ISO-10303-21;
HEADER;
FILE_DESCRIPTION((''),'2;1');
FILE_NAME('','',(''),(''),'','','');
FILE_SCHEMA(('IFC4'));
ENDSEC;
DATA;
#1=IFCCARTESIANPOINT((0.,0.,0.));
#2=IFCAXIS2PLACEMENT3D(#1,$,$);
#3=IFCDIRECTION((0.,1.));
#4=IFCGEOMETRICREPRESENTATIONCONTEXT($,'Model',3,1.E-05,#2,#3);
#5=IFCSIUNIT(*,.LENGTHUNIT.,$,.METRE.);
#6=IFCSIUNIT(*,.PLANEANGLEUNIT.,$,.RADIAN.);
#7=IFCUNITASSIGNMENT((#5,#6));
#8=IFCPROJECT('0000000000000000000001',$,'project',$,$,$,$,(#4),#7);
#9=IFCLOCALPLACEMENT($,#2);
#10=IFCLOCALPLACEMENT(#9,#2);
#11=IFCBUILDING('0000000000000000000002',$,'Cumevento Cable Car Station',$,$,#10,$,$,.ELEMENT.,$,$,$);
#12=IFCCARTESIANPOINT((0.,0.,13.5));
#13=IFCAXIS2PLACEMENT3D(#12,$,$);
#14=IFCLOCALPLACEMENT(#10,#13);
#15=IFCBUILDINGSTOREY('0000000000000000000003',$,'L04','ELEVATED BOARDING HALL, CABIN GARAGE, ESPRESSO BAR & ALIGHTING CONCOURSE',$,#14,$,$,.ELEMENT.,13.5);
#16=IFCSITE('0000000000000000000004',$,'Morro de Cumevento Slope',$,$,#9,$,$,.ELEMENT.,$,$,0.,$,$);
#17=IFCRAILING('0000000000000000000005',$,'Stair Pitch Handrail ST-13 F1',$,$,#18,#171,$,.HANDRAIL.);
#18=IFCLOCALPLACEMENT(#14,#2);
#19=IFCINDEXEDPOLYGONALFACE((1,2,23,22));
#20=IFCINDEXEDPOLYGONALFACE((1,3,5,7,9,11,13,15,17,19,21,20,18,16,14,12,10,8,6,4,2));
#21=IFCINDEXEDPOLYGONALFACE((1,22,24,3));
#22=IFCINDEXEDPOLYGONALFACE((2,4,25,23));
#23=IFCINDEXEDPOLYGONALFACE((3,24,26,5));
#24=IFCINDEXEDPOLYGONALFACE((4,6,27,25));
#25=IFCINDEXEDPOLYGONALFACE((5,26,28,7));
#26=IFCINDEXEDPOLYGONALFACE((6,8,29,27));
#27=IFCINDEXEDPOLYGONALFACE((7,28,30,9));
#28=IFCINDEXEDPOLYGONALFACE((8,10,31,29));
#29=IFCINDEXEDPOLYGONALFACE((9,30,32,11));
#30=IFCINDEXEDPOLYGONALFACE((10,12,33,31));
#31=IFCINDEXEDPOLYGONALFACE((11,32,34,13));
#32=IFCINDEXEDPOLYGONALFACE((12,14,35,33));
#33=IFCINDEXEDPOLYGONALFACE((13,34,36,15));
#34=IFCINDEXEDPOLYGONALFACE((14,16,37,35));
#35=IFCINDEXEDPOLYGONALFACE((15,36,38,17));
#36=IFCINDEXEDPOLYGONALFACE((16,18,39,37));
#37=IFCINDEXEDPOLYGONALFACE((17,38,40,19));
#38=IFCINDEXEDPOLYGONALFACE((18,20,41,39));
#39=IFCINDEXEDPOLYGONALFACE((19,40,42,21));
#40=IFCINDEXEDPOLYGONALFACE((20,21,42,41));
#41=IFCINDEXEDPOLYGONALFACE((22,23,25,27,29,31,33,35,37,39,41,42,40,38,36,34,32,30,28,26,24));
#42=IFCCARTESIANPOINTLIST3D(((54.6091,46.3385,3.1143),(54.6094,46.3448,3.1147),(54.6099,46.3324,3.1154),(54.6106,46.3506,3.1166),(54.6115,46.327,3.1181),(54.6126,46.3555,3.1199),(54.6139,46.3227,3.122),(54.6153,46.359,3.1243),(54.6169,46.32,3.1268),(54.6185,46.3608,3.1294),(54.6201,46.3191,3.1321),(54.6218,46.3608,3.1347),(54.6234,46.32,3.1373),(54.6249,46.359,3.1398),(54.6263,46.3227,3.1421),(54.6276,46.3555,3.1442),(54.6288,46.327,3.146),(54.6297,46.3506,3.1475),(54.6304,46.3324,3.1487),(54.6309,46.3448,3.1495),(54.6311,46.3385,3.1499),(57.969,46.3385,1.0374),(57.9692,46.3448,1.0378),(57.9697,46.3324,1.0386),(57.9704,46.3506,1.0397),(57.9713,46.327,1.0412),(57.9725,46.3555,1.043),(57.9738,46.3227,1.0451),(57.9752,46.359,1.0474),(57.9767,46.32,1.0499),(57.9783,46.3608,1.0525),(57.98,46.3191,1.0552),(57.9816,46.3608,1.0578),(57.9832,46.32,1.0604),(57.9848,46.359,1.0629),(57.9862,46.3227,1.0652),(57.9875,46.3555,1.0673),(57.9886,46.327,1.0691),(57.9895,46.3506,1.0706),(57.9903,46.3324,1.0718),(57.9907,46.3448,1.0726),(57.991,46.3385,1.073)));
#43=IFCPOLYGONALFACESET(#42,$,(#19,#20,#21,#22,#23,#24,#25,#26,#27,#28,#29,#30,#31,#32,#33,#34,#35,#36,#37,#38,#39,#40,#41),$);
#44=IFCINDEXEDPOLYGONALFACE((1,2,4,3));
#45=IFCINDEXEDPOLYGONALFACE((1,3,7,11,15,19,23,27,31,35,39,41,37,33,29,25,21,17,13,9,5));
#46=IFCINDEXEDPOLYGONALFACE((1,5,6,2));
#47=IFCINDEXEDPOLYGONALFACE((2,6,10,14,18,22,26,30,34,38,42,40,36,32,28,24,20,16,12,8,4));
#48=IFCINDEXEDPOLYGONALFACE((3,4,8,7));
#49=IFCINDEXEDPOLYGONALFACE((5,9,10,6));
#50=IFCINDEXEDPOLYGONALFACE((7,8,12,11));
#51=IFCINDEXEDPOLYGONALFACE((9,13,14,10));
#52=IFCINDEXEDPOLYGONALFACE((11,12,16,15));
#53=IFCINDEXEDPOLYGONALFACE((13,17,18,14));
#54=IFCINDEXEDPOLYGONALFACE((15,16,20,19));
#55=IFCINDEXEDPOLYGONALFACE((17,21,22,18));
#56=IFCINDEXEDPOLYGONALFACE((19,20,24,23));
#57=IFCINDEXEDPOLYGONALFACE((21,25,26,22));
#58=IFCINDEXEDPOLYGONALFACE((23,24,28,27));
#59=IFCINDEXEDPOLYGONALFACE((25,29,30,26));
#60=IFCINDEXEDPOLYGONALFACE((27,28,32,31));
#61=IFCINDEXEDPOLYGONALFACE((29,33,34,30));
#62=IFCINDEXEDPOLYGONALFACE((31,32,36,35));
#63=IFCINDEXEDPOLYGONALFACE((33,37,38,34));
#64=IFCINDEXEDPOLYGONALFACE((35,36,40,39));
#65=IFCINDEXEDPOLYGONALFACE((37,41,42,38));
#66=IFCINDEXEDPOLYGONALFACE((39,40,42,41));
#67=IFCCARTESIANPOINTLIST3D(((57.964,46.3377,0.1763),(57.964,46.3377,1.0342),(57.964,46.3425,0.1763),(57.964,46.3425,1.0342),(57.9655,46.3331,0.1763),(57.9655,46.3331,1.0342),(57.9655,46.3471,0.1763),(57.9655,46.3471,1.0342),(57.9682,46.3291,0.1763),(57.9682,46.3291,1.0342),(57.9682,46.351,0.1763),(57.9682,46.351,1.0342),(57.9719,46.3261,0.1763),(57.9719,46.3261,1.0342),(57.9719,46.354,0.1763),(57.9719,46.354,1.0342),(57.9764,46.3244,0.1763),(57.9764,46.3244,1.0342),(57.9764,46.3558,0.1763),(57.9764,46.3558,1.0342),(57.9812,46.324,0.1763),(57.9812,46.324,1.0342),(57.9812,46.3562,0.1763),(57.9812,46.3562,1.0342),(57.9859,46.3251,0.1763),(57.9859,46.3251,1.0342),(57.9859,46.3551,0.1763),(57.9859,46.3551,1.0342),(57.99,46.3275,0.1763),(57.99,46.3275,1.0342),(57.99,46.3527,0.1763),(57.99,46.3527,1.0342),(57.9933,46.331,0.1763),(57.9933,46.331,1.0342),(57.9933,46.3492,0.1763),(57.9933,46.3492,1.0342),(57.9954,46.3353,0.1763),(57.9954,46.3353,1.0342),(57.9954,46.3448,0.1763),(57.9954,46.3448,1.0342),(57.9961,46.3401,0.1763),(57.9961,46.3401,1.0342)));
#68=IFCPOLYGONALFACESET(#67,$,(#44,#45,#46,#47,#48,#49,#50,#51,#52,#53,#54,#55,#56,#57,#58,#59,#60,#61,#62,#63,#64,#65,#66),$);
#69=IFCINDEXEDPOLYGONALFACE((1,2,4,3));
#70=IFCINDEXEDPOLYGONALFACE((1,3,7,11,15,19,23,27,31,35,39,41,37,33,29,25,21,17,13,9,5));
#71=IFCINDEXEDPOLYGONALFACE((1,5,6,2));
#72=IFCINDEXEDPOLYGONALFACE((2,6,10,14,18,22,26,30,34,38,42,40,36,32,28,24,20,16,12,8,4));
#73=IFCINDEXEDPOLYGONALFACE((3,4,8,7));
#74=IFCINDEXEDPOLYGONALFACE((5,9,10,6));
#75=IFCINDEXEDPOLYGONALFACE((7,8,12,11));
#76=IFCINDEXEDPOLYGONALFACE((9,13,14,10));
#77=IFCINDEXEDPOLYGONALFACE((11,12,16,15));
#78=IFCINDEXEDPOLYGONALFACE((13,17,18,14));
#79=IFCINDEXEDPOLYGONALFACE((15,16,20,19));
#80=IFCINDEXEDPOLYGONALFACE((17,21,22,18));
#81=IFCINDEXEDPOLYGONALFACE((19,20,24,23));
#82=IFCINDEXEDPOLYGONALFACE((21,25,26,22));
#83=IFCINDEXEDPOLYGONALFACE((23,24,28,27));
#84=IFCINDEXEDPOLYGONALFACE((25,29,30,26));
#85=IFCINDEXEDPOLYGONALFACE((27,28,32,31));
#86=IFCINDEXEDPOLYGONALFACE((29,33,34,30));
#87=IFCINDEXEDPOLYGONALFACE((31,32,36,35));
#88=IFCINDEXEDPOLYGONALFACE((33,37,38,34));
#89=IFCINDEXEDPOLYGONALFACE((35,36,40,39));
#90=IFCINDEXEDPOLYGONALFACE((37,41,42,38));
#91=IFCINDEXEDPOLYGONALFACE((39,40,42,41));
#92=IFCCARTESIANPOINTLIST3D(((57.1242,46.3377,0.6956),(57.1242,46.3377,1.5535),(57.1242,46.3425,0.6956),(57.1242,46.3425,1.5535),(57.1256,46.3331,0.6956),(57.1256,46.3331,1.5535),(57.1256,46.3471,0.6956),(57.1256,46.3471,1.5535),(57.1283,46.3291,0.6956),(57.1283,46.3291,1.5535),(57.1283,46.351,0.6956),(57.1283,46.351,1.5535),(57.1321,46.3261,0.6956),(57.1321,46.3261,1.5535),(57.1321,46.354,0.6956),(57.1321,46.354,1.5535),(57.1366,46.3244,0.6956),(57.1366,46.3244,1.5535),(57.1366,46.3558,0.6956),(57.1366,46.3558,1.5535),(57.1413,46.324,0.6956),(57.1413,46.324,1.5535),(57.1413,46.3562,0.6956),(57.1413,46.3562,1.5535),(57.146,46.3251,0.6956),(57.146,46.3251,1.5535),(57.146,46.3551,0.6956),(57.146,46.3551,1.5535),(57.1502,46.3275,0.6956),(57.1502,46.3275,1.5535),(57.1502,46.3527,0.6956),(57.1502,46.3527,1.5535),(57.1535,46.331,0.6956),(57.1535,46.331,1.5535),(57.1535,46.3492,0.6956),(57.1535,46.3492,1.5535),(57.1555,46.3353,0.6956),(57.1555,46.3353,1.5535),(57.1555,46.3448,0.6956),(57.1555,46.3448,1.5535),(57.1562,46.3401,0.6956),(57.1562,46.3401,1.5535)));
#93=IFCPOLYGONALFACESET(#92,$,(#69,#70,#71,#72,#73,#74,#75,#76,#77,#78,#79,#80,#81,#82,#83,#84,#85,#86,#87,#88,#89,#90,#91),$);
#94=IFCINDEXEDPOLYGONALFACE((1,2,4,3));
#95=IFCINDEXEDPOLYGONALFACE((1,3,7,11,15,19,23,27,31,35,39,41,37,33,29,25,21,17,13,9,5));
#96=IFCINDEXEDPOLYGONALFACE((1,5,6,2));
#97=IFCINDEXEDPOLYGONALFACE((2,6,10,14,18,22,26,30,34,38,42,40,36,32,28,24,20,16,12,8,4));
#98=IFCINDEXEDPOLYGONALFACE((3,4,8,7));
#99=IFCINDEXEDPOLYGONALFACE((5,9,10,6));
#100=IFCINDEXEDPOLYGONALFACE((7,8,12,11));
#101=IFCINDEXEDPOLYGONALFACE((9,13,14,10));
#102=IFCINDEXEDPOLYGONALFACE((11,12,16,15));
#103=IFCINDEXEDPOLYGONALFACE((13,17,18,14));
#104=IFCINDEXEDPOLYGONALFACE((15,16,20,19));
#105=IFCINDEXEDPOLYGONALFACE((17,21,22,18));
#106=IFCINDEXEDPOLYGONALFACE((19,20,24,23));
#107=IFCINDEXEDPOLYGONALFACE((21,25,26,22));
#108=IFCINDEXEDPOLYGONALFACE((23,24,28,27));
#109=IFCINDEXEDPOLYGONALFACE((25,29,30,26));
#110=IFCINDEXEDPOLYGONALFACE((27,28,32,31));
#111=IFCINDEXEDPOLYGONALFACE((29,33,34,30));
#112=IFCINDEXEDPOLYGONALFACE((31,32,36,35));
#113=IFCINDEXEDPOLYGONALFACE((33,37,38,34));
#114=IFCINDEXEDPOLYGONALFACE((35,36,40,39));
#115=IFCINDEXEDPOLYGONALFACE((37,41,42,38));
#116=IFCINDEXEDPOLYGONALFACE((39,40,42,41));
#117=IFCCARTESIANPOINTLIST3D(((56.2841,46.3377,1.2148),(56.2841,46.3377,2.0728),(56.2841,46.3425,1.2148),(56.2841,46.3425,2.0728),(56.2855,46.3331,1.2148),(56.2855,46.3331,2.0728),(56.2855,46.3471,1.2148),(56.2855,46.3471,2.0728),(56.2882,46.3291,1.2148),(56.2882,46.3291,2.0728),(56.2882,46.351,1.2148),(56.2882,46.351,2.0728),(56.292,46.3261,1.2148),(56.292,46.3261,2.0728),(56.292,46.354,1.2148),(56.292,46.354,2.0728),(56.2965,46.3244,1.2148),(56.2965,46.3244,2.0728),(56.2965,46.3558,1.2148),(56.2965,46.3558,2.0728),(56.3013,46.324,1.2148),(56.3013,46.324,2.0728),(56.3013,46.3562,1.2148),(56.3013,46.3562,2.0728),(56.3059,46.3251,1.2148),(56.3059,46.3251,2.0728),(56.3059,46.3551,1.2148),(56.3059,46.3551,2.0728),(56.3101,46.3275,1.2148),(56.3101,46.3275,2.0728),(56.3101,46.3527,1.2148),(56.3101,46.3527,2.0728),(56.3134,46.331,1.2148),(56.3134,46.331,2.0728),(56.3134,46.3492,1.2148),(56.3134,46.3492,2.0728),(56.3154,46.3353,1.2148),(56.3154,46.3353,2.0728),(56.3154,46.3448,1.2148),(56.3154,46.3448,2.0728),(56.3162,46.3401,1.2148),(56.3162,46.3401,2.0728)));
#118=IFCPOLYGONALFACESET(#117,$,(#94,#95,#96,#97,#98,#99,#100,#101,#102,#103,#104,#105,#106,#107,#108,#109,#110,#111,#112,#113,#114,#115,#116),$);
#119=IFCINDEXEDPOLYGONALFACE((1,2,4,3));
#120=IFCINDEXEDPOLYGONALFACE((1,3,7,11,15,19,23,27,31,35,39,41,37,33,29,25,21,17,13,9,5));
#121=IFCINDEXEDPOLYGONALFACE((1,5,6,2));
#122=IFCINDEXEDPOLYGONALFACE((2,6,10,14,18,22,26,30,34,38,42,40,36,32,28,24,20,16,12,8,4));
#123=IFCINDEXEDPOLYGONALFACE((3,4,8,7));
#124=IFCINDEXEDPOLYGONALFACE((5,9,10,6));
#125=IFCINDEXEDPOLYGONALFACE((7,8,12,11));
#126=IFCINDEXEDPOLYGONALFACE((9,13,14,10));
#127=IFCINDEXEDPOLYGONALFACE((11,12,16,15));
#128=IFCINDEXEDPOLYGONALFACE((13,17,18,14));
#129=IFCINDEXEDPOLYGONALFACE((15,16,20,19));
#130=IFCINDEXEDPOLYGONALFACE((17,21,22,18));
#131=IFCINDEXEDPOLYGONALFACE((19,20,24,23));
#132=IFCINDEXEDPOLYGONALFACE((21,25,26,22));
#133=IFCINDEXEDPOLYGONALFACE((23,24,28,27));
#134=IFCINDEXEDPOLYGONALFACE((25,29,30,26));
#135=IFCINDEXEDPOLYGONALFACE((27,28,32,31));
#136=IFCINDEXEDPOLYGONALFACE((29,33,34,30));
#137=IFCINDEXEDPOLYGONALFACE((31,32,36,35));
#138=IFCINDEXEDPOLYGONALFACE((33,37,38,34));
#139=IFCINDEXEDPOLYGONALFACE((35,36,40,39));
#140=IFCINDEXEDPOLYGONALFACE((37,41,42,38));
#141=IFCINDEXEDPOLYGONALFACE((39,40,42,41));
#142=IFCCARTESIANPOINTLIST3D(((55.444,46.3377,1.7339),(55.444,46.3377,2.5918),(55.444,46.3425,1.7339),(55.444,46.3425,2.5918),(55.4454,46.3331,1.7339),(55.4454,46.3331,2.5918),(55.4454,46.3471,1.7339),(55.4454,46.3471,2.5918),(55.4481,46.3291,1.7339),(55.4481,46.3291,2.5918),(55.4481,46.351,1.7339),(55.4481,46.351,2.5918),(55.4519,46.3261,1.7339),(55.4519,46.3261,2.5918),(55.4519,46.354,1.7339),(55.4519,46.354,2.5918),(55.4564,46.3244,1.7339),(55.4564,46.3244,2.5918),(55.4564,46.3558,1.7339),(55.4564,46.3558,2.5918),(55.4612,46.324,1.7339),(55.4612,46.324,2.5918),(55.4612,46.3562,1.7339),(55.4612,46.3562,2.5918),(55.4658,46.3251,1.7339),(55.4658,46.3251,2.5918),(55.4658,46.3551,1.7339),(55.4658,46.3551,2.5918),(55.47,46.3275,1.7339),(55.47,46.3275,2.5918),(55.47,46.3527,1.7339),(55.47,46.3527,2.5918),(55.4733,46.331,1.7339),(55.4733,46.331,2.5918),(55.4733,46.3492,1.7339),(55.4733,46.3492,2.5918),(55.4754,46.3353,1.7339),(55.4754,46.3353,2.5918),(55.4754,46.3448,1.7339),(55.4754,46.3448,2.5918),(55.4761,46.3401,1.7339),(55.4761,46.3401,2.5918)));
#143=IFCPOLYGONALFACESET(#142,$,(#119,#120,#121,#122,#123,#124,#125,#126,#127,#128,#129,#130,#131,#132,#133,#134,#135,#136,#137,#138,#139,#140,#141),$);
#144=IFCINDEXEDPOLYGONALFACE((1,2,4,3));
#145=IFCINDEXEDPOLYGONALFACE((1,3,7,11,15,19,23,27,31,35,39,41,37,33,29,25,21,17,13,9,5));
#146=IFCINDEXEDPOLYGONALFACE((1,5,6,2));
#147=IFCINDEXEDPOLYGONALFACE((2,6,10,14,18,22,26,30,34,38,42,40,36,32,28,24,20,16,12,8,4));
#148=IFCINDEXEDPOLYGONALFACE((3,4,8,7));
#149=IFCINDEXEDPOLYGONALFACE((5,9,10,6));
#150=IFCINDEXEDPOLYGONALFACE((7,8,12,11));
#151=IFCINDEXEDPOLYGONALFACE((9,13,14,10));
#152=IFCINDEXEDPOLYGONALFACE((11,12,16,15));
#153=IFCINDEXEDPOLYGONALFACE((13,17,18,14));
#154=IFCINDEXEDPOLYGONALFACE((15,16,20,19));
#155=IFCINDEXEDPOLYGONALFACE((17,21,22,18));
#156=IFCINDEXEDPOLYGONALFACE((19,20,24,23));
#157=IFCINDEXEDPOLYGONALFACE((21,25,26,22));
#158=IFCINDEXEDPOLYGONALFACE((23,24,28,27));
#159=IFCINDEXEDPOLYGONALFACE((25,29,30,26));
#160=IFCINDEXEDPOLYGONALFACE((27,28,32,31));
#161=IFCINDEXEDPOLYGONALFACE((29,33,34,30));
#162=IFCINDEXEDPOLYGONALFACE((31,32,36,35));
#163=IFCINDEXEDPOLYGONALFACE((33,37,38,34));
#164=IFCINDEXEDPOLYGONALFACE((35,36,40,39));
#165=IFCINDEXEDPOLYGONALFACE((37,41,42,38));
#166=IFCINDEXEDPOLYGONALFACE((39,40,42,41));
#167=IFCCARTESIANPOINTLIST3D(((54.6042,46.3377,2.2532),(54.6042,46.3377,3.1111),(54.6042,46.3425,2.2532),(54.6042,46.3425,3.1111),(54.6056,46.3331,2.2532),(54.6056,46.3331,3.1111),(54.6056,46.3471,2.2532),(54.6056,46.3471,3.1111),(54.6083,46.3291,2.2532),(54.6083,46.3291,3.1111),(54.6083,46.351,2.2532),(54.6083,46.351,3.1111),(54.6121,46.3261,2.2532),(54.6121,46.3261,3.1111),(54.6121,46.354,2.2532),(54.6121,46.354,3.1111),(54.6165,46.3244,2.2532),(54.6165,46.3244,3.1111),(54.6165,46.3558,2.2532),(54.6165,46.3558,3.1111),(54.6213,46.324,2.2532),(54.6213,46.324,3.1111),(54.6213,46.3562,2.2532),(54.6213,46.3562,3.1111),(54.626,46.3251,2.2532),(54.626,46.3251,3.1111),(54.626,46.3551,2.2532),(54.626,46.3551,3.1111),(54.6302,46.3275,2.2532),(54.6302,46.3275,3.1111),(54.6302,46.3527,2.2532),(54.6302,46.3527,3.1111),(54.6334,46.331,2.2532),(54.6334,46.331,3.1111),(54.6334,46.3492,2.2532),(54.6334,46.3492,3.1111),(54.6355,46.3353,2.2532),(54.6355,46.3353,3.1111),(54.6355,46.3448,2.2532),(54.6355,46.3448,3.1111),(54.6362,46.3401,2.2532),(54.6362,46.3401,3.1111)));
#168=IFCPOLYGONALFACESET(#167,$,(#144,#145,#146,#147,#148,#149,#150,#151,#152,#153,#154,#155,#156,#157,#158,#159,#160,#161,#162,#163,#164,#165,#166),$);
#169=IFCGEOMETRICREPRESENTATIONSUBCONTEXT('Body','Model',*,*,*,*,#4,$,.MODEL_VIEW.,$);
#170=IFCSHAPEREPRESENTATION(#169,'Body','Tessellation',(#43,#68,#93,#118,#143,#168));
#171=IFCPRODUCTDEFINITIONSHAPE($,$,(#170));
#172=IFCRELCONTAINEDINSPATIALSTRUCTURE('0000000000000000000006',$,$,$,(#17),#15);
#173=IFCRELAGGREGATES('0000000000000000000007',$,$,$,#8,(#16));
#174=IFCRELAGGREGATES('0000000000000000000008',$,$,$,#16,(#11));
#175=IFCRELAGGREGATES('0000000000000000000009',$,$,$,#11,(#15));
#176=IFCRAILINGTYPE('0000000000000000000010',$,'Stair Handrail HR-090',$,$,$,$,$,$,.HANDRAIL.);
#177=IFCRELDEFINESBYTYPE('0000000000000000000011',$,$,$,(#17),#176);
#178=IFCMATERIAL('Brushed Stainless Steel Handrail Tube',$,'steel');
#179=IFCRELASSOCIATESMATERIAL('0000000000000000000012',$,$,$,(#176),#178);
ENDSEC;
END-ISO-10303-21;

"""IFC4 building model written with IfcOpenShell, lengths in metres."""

from ifc_helpers import new_model, si_unit, direction, frame, origin, origin_2d, place, context, subcontext, project, spatial, circle, extrude, material, type_object, element, save


model = new_model("IFC4")

# Units and contexts
model_context = context("Model", 3, precision=1e-05, world=origin(), true_north=direction((0.0, 1.0)))
body_context = subcontext(model_context, "Body", "Model", "MODEL_VIEW")
ifc_project = project(units=[si_unit("LENGTHUNIT", "METRE"), si_unit("PLANEANGLEUNIT", "RADIAN")], contexts=[model_context])

# Site, building, storey
site_placement = place(None, origin())
site = spatial("IfcSite", under=ifc_project, at=site_placement, Name="Morro de Cumevento Slope", CompositionType="ELEMENT", RefElevation=0.0)
building_placement = place(site_placement, origin())
building = spatial("IfcBuilding", under=site, at=building_placement, Name="Cumevento Cable Car Station", CompositionType="ELEMENT")
storey_placement = place(building_placement, frame((0.0, 0.0, 13.5)))
storey = spatial("IfcBuildingStorey", under=building, at=storey_placement, Name="L04", Description="ELEVATED BOARDING HALL, CABIN GARAGE, ESPRESSO BAR & ALIGHTING CONCOURSE", CompositionType="ELEMENT", Elevation=13.5)

# Railing
ifc_material_1 = material(Name="Brushed Stainless Steel Handrail Tube", Category="steel")
railing_type_1 = type_object("IfcRailingType", Name="Stair Handrail HR-090", PredefinedType="HANDRAIL", material=ifc_material_1)
railing_1_placement = place(storey_placement, frame((57.98, 46.3401, 0.1763)))
element("IfcRailing", 1, at=railing_1_placement, inside=storey, type_object=railing_type_1, Name="Stair Pitch Handrail ST-13 F1", PredefinedType="HANDRAIL", context=body_context, shape_type="SweptSolid", body=[
    extrude(circle(Radius=0.021, at=origin_2d()), frame((0.0, 0.0, 0.8789), z_axis=(-0.850606, 0.0, 0.525803), x_axis=(0.0, -1.0, 0.0)), (0.0, 0.0, 1.0), 3.95),
    extrude(circle(Radius=0.0161, at=origin_2d()), origin(), (0.0, 0.0, 1.0), 0.8579),
    extrude(circle(Radius=0.0161, at=origin_2d()), frame((-0.8398, 0.0, 0.5193)), (0.0, 0.0, 1.0), 0.8579),
    extrude(circle(Radius=0.0161, at=origin_2d()), frame((-1.6799, 0.0, 1.0386)), (0.0, 0.0, 1.0), 0.8579),
    extrude(circle(Radius=0.0161, at=origin_2d()), frame((-2.52, 0.0, 1.5576)), (0.0, 0.0, 1.0), 0.8579),
    extrude(circle(Radius=0.0161, at=origin_2d()), frame((-3.3599, 0.0, 2.0769)), (0.0, 0.0, 1.0), 0.8579),
])

save(model, "model.ifc")
